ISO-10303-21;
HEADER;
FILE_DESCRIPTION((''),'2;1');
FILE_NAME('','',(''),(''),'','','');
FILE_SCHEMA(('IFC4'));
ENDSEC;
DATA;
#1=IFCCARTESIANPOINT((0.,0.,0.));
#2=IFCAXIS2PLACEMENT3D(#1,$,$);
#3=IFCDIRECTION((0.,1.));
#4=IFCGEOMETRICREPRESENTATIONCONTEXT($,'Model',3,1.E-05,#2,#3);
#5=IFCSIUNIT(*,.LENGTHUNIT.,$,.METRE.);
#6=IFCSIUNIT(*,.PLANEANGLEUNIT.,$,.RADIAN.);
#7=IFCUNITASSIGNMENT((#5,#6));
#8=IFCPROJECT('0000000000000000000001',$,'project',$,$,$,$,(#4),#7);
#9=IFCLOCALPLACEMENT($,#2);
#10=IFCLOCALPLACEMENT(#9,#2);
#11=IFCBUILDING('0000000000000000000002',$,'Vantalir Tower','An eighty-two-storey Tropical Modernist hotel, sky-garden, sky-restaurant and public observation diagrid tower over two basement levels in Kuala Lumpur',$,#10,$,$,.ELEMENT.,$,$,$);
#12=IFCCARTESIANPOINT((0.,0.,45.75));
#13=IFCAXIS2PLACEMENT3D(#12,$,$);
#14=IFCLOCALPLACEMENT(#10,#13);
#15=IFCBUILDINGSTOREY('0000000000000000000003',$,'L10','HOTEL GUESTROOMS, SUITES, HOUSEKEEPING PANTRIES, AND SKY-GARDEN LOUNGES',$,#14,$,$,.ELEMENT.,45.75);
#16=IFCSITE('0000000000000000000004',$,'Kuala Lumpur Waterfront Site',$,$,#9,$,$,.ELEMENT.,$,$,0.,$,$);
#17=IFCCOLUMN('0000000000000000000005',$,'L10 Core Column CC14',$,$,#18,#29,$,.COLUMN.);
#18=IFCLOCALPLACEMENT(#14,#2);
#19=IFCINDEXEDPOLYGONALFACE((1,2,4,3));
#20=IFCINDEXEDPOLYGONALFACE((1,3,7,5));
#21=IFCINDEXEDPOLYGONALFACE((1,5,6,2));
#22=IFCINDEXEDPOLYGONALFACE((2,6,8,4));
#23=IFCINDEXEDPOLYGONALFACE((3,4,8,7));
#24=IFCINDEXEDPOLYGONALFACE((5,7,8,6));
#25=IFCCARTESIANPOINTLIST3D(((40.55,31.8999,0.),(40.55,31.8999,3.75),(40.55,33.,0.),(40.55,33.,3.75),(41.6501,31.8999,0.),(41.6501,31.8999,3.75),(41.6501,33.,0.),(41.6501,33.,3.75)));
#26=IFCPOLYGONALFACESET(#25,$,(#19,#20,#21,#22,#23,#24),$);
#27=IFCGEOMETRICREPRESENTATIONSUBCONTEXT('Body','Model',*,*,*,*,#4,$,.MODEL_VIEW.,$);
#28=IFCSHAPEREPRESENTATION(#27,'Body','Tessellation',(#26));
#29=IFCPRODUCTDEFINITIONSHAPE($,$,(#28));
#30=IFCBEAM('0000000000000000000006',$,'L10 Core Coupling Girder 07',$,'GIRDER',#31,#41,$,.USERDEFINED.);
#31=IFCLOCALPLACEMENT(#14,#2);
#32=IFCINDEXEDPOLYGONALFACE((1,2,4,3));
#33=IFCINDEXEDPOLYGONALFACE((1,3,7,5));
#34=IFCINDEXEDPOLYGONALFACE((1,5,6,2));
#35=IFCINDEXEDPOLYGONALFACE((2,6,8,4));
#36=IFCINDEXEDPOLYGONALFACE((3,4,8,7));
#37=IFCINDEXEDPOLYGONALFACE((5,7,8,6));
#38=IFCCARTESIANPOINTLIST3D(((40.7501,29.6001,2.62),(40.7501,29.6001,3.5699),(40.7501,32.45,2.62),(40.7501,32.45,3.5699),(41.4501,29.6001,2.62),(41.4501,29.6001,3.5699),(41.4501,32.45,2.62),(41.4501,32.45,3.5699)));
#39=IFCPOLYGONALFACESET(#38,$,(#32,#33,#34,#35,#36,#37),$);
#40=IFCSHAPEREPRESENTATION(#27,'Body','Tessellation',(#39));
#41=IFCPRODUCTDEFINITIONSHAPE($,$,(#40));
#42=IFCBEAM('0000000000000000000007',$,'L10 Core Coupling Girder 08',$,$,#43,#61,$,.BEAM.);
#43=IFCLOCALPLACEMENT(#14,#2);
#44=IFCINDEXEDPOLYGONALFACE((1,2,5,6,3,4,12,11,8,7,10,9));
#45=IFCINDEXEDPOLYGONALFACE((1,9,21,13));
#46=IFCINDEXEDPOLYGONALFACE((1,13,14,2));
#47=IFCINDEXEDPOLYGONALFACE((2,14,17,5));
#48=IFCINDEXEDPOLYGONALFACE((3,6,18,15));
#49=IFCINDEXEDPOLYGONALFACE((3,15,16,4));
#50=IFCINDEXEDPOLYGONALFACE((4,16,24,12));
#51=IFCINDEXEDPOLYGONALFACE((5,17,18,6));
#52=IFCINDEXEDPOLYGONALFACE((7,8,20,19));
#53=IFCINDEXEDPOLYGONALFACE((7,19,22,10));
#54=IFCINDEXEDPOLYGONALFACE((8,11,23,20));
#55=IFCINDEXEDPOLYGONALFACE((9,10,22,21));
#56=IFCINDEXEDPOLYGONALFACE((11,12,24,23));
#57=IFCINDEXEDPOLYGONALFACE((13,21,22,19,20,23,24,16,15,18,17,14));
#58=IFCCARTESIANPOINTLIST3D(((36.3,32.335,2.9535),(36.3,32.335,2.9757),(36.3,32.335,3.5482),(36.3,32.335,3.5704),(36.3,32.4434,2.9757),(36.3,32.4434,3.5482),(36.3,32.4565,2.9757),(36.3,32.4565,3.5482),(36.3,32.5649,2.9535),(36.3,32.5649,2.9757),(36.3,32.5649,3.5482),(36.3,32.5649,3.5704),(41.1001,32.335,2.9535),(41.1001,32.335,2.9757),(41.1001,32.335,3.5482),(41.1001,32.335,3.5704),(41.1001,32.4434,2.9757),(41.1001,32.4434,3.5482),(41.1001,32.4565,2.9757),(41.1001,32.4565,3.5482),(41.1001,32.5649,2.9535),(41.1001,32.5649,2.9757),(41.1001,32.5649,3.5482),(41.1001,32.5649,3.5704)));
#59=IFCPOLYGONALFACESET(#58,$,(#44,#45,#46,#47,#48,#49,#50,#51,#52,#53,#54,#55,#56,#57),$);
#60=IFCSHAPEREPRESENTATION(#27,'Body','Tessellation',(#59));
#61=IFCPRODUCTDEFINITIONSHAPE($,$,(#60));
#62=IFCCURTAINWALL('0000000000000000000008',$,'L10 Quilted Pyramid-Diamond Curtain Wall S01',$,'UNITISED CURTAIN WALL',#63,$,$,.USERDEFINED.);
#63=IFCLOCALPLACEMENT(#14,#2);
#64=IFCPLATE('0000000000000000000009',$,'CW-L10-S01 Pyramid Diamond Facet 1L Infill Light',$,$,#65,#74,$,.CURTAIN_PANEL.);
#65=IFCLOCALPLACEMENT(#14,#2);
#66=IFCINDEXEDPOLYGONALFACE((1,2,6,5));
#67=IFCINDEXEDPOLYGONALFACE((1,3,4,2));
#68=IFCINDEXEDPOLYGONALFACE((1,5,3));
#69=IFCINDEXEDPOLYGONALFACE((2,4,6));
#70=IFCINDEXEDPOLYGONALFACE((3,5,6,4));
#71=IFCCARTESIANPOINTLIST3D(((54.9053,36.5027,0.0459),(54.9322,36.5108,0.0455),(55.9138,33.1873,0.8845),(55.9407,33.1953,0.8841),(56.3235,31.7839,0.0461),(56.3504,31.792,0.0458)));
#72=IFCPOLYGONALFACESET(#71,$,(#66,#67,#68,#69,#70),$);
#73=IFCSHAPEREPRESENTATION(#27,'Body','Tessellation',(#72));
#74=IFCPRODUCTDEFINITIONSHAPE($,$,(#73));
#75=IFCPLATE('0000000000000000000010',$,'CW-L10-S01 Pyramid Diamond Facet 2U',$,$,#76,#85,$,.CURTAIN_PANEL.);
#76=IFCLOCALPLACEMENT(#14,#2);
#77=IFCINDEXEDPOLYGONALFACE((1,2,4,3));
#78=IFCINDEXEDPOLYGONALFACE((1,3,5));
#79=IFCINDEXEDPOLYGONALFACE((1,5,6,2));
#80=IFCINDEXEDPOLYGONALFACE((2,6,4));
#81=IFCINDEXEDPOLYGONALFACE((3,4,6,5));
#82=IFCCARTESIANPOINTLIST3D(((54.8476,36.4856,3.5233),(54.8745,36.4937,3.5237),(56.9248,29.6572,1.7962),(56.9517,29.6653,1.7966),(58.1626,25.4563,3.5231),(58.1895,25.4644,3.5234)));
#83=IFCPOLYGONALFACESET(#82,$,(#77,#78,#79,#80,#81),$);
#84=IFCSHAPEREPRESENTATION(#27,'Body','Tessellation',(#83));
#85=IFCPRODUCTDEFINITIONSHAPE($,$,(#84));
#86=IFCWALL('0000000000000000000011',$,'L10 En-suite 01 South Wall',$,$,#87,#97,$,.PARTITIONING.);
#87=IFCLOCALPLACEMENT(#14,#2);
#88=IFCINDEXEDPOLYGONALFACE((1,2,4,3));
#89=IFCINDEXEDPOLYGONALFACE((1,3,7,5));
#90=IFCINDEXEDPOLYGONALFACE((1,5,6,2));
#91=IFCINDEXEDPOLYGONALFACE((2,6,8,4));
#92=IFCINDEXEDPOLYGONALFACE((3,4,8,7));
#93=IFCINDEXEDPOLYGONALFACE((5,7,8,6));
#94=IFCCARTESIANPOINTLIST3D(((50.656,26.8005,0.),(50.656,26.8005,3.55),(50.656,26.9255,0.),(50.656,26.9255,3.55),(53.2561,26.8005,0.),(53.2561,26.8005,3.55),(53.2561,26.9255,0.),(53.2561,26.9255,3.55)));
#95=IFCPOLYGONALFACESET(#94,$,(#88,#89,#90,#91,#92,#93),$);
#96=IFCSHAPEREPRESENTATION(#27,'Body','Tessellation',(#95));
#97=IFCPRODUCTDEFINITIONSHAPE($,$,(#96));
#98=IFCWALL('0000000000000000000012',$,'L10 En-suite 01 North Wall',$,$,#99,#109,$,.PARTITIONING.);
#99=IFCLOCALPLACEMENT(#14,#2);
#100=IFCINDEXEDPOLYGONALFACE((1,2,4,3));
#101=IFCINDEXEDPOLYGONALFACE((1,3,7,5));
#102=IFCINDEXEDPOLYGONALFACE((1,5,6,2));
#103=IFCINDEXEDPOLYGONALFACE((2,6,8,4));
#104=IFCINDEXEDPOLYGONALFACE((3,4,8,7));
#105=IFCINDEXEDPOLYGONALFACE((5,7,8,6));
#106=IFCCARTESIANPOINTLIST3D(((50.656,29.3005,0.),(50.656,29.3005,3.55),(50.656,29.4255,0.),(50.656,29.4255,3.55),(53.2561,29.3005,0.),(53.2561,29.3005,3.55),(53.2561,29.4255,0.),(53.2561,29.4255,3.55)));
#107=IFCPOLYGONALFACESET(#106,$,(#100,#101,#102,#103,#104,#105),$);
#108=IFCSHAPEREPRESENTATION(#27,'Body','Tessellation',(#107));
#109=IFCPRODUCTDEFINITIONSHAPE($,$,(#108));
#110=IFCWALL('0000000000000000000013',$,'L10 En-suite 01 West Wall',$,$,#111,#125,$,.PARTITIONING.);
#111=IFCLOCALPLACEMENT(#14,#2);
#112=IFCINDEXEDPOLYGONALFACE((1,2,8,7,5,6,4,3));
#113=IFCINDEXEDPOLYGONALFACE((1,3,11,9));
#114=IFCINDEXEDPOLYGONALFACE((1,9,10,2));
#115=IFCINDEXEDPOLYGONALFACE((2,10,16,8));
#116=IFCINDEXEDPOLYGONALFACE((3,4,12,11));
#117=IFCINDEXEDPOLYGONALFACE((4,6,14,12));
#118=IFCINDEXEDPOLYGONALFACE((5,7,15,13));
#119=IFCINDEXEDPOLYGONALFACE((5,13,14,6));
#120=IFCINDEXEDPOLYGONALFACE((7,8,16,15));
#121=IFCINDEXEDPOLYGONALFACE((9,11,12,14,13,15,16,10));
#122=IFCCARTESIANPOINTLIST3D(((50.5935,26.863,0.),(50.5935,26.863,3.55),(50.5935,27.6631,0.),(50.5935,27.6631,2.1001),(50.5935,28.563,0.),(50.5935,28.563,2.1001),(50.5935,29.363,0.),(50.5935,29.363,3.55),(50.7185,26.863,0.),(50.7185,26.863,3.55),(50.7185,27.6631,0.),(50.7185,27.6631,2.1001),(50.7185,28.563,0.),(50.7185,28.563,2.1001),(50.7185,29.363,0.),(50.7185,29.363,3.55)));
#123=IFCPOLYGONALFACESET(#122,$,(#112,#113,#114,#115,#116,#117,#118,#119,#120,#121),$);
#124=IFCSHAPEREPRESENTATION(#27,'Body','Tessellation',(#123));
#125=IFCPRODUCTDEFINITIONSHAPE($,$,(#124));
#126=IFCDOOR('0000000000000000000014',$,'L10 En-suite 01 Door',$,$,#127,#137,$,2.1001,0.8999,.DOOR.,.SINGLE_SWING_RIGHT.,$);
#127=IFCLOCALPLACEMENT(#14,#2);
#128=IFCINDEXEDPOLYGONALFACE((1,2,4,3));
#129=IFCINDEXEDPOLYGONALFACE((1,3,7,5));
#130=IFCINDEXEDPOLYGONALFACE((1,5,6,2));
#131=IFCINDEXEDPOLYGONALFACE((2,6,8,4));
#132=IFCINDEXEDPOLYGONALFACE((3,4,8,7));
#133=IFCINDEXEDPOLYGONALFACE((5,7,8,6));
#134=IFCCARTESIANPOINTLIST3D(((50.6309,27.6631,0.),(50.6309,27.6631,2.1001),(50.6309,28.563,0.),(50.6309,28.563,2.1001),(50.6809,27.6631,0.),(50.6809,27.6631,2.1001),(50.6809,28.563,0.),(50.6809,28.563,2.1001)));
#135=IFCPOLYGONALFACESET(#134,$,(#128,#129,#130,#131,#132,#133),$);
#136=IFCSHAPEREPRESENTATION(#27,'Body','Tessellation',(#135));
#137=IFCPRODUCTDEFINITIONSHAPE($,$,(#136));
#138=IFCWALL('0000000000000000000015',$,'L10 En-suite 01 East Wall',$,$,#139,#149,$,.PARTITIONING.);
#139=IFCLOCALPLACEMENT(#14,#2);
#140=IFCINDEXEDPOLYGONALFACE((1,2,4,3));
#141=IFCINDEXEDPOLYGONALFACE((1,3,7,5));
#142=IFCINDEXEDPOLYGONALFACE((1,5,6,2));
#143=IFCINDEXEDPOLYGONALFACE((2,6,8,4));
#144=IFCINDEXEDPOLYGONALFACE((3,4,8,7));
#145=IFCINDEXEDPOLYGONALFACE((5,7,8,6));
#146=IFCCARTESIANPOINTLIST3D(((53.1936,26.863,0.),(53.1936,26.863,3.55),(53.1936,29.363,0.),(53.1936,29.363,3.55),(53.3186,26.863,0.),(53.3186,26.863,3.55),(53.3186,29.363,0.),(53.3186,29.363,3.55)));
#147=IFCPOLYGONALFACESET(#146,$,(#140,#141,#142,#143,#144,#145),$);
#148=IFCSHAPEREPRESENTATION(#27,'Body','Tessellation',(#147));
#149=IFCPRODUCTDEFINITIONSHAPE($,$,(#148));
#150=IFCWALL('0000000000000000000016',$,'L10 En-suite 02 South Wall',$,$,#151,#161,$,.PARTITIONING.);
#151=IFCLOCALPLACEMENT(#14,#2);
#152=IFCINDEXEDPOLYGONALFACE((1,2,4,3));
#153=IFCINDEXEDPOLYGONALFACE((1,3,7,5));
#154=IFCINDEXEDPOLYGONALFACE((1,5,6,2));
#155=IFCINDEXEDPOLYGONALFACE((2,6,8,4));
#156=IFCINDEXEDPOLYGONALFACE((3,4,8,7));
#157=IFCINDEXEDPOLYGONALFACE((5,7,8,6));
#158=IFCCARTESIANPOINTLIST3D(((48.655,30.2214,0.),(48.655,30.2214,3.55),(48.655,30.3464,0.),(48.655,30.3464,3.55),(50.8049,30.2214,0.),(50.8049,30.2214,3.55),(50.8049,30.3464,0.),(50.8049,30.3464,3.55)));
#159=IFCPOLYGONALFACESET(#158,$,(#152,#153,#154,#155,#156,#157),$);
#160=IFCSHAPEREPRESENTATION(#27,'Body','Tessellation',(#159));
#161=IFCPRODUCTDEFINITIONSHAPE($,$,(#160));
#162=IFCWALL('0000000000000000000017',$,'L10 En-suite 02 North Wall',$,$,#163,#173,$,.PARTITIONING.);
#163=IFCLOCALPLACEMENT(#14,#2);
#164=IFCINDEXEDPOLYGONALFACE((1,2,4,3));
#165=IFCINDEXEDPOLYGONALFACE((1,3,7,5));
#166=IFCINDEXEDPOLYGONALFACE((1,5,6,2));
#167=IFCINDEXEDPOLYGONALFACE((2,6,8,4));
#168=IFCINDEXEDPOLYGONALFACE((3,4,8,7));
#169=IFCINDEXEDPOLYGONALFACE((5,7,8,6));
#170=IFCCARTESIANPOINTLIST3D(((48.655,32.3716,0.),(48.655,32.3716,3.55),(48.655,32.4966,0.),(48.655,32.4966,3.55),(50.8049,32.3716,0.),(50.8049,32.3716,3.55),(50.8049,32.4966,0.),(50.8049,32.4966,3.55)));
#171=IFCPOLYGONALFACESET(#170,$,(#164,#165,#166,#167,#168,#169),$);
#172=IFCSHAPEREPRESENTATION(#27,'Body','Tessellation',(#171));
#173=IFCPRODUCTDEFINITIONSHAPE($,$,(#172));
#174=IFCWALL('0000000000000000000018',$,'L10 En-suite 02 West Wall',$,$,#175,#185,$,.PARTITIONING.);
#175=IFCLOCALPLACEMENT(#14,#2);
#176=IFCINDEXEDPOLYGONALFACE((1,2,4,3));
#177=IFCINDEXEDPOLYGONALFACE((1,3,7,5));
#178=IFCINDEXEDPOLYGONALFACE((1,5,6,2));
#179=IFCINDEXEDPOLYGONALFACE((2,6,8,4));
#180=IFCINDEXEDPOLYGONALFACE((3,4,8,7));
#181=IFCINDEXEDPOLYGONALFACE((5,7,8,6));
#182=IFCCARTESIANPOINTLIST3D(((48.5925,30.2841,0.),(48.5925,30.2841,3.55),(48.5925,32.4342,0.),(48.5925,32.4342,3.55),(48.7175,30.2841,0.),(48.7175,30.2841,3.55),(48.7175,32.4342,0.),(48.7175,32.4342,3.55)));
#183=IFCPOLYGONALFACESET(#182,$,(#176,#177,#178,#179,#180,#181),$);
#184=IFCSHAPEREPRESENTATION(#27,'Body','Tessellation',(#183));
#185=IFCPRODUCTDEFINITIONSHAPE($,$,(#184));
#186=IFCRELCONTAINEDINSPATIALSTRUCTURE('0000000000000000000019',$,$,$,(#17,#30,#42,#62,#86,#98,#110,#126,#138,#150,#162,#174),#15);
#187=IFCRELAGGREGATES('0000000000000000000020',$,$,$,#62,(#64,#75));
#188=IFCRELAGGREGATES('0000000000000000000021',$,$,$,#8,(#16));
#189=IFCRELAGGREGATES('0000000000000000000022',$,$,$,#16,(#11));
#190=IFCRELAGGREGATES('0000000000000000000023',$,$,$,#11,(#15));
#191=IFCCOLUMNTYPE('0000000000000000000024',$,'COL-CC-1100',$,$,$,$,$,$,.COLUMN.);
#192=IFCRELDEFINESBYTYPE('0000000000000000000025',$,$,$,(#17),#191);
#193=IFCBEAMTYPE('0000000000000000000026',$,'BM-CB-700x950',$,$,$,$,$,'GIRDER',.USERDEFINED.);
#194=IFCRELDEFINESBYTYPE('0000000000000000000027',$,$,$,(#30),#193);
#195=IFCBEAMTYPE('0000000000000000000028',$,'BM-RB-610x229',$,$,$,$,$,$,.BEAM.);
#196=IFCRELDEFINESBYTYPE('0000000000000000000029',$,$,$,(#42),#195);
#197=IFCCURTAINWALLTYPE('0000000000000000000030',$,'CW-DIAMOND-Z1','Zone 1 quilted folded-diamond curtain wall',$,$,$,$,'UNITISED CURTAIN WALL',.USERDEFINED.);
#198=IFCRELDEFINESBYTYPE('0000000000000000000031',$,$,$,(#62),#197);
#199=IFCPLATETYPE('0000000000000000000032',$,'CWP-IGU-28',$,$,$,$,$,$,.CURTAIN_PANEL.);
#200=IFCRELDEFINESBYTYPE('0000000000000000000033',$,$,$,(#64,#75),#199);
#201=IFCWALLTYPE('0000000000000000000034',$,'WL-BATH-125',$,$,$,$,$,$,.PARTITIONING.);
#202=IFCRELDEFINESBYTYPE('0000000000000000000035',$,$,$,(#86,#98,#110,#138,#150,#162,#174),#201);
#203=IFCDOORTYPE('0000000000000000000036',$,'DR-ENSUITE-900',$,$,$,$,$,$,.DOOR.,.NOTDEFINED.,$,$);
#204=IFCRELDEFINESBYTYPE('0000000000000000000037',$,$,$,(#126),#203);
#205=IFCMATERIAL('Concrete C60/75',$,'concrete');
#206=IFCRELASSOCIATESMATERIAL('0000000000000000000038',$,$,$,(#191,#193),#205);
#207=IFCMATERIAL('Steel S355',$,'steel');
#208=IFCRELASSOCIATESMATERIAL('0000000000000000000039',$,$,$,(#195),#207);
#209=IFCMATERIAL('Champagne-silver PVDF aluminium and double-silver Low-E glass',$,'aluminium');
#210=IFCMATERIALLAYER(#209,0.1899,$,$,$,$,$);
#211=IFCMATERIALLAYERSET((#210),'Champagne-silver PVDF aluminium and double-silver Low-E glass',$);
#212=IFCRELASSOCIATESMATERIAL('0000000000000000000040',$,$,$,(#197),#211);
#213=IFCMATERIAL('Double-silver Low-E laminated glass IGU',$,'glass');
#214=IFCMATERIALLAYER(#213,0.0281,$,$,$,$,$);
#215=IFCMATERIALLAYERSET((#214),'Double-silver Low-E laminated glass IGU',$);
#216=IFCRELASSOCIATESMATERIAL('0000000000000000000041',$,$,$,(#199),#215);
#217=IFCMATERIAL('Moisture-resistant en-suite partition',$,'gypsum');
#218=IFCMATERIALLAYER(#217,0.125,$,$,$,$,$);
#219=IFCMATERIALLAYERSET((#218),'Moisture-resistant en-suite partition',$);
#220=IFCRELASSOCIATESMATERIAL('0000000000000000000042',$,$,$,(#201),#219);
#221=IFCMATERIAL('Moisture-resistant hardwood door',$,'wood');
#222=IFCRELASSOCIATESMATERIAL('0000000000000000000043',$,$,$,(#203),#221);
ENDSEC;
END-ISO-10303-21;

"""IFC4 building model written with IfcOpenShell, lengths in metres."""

from ifc_helpers import new_model, si_unit, direction, frame, frame_2d, origin, origin_2d, place, context, subcontext, project, spatial, polyline, rectangle, i_section, outline, extrude, material, layer, layer_set, material_profile, profile_set, type_object, element, fill, aggregate, save


model = new_model("IFC4")

# Units and contexts
model_context = context("Model", 3, precision=1e-05, world=origin(), true_north=direction((0.0, 1.0)))
body_context = subcontext(model_context, "Body", "Model", "MODEL_VIEW")
ifc_project = project(units=[si_unit("LENGTHUNIT", "METRE"), si_unit("PLANEANGLEUNIT", "RADIAN")], contexts=[model_context])

# Site, building, storey
site_placement = place(None, origin())
site = spatial("IfcSite", under=ifc_project, at=site_placement, Name="Kuala Lumpur Waterfront Site", CompositionType="ELEMENT", RefElevation=0.0)
building_placement = place(site_placement, origin())
building = spatial("IfcBuilding", under=site, at=building_placement, Name="Vantalir Tower", Description="An eighty-two-storey Tropical Modernist hotel, sky-garden, sky-restaurant and public observation diagrid tower over two basement levels in Kuala Lumpur", CompositionType="ELEMENT")
storey_placement = place(building_placement, frame((0.0, 0.0, 45.75)))
storey = spatial("IfcBuildingStorey", under=building, at=storey_placement, Name="L10", Description="HOTEL GUESTROOMS, SUITES, HOUSEKEEPING PANTRIES, AND SKY-GARDEN LOUNGES", CompositionType="ELEMENT", Elevation=45.75)

# Column
ifc_material_1 = material(Name="Concrete C60/75", Category="concrete")
ifc_material_profile_1 = material_profile(ifc_material_1, rectangle(XDim=1.1001, YDim=1.1001, at=origin_2d()), Name="Concrete C60/75")
ifc_profile_set_1 = profile_set([ifc_material_profile_1], Name="Concrete C60/75")
column_type = type_object("IfcColumnType", Name="COL-CC-1100", PredefinedType="COLUMN", material=ifc_profile_set_1)
column_placement = place(storey_placement, frame((41.1001, 32.45, 0.0), z_axis=(0.0, 0.0, 1.0), x_axis=(1.0, 0.0, 0.0)))
element("IfcColumn", 1, at=column_placement, inside=storey, type_object=column_type, Name="L10 Core Column CC14", PredefinedType="COLUMN", context=body_context, shape_type="SweptSolid", body=[
    extrude(rectangle(XDim=1.1001, YDim=1.1001, at=origin_2d()), origin(), (0.0, 0.0, 1.0), 3.75),
])

# Beams
ifc_material_profile_2 = material_profile(ifc_material_1, rectangle(XDim=0.7, YDim=0.95, at=origin_2d()), Name="Concrete C60/75")
ifc_profile_set_2 = profile_set([ifc_material_profile_2], Name="Concrete C60/75")
beam_type_1 = type_object("IfcBeamType", Name="BM-CB-700x950", ElementType="GIRDER", PredefinedType="USERDEFINED", material=ifc_profile_set_2)
beam_1_placement = place(storey_placement, frame((41.1001, 29.6001, 3.095), z_axis=(0.0, 1.0, 0.0), x_axis=(-1.0, 0.0, 0.0)))
element("IfcBeam", 2, at=beam_1_placement, inside=storey, type_object=beam_type_1, Name="L10 Core Coupling Girder 07", ObjectType="GIRDER", PredefinedType="USERDEFINED", context=body_context, shape_type="SweptSolid", body=[
    extrude(rectangle(XDim=0.7, YDim=0.95, at=origin_2d()), origin(), (0.0, 0.0, 1.0), 2.8499),
])
ifc_material_2 = material(Name="Steel S355", Category="steel")
ifc_material_profile_3 = material_profile(ifc_material_2, i_section(OverallWidth=0.23, OverallDepth=0.6169, WebThickness=0.0132, FlangeThickness=0.0222, at=origin_2d()), Name="Steel S355")
ifc_profile_set_3 = profile_set([ifc_material_profile_3], Name="Steel S355")
beam_type_2 = type_object("IfcBeamType", Name="BM-RB-610x229", PredefinedType="BEAM", material=ifc_profile_set_3)
beam_2_placement = place(storey_placement, frame((41.1001, 32.45, 3.262), z_axis=(-1.0, 0.0, 0.0), x_axis=(0.0, -1.0, 0.0)))
element("IfcBeam", 3, at=beam_2_placement, inside=storey, type_object=beam_type_2, Name="L10 Core Coupling Girder 08", PredefinedType="BEAM", context=body_context, shape_type="SweptSolid", body=[
    extrude(i_section(OverallWidth=0.23, OverallDepth=0.6169, WebThickness=0.0132, FlangeThickness=0.0222, at=origin_2d()), origin(), (0.0, 0.0, 1.0), 4.8),
])

# Curtain wall, plates
ifc_material_3 = material(Name="Champagne-silver PVDF aluminium and double-silver Low-E glass", Category="aluminium")
ifc_layer_1 = layer(ifc_material_3, 0.1899)
ifc_layer_set_1 = layer_set([ifc_layer_1], Name="Champagne-silver PVDF aluminium and double-silver Low-E glass")
curtain_wall_type = type_object("IfcCurtainWallType", Name="CW-DIAMOND-Z1", Description="Zone 1 quilted folded-diamond curtain wall", ElementType="UNITISED CURTAIN WALL", PredefinedType="USERDEFINED", material=ifc_layer_set_1)
curtain_wall_placement = place(storey_placement, origin())
curtain_wall = element("IfcCurtainWall", 4, at=curtain_wall_placement, inside=storey, type_object=curtain_wall_type, Name="L10 Quilted Pyramid-Diamond Curtain Wall S01", ObjectType="UNITISED CURTAIN WALL", PredefinedType="USERDEFINED")
ifc_material_4 = material(Name="Double-silver Low-E laminated glass IGU", Category="glass")
ifc_layer_2 = layer(ifc_material_4, 0.0281)
ifc_layer_set_2 = layer_set([ifc_layer_2], Name="Double-silver Low-E laminated glass IGU")
plate_type = type_object("IfcPlateType", Name="CWP-IGU-28", PredefinedType="CURTAIN_PANEL", material=ifc_layer_set_2)
plate_1_placement = place(storey_placement, frame((56.3235, 31.7839, 0.0461), z_axis=(-0.95759, -0.287802, 0.013817), x_axis=(-0.28783, 0.957682, -0.00005)))
plate_1 = element("IfcPlate", 5, at=plate_1_placement, type_object=plate_type, Name="CW-L10-S01 Pyramid Diamond Facet 1L Infill Light", PredefinedType="CURTAIN_PANEL", context=body_context, shape_type="SweptSolid", body=[
    extrude(outline(polyline([(0.0, 0.0), (4.9273, 0.0), (1.4618, -0.8385), (0.0, 0.0)])), origin(), (0.0, 0.0, -1.0), 0.0281),
])
plate_2_placement = place(storey_placement, frame((54.8745, 36.4937, 3.5237), z_axis=(0.957588, 0.28781, 0.013768), x_axis=(0.287838, -0.957679, -0.000021)))
plate_2 = element("IfcPlate", 6, at=plate_2_placement, type_object=plate_type, Name="CW-L10-S01 Pyramid Diamond Facet 2U", PredefinedType="CURTAIN_PANEL", context=body_context, shape_type="SweptSolid", body=[
    extrude(outline(polyline([(0.0, 0.0), (11.5167, 0.0), (7.1373, 1.7271), (0.0, 0.0)])), origin(), (0.0, 0.0, -1.0), 0.0281),
])
aggregate(curtain_wall, [plate_1, plate_2])

# Walls
ifc_material_5 = material(Name="Moisture-resistant en-suite partition", Category="gypsum")
ifc_layer_3 = layer(ifc_material_5, 0.125)
ifc_layer_set_3 = layer_set([ifc_layer_3], Name="Moisture-resistant en-suite partition")
wall_type_1 = type_object("IfcWallType", Name="WL-BATH-125", PredefinedType="PARTITIONING", material=ifc_layer_set_3)
for number, where, z_axis, x_axis, name in (
    (7, (50.656, 26.863, 0.0), (0.0, 0.0, 1.0), (1.0, 0.0, 0.0), "L10 En-suite 01 South Wall"),
    (8, (50.656, 29.363, 0.0), (0.0, 0.0, 1.0), (1.0, 0.0, 0.0), "L10 En-suite 01 North Wall"),
):
    element("IfcWall", number, at=place(storey_placement, frame(where, z_axis=z_axis, x_axis=x_axis)), inside=storey, type_object=wall_type_1, Name=name, PredefinedType="PARTITIONING", context=body_context, shape_type="SweptSolid", body=[
        extrude(rectangle(XDim=2.6001, YDim=0.125, at=frame_2d((1.3, 0.0))), origin(), (0.0, 0.0, 1.0), 3.55),
    ])

# Wall, opening, door
wall_1_placement = place(storey_placement, frame((50.656, 26.863, 0.0), z_axis=(0.0, 0.0, 1.0), x_axis=(0.0, 1.0, 0.0)))
wall_1 = element("IfcWall", 9, at=wall_1_placement, inside=storey, type_object=wall_type_1, Name="L10 En-suite 01 West Wall", PredefinedType="PARTITIONING", context=body_context, shape_type="SweptSolid", body=[
    extrude(rectangle(XDim=2.5, YDim=0.125, at=frame_2d((1.25, 0.0))), origin(), (0.0, 0.0, 1.0), 3.55),
])
opening_1_placement = place(wall_1_placement, frame((0.8, 0.0, 0.0)))
opening_1 = element("IfcOpeningElement", 10, at=opening_1_placement, cuts=wall_1, PredefinedType="OPENING", context=body_context, shape_type="SweptSolid", body=[
    extrude(rectangle(XDim=0.8999, YDim=2.1001, at=frame_2d((0.45, 1.05))), frame((0.0, 0.0725, 0.0), z_axis=(0.0, -1.0, 0.0), x_axis=(1.0, 0.0, 0.0)), (0.0, 0.0, 1.0), 0.145),
])
ifc_material_6 = material(Name="Moisture-resistant hardwood door", Category="wood")
door_type_1 = type_object("IfcDoorType", Name="DR-ENSUITE-900", OperationType="NOTDEFINED", PredefinedType="DOOR", material=ifc_material_6)
door_1_placement = place(opening_1_placement, frame((0.8999, 0.0, 0.0), z_axis=(0.0, 0.0, 1.0), x_axis=(-1.0, 0.0, 0.0)))
door_1 = element("IfcDoor", 11, at=door_1_placement, inside=storey, type_object=door_type_1, Name="L10 En-suite 01 Door", OperationType="SINGLE_SWING_RIGHT", OverallHeight=2.1001, OverallWidth=0.8999, PredefinedType="DOOR", context=body_context, shape_type="SweptSolid", body=[
    extrude(rectangle(XDim=0.8999, YDim=2.1001, at=frame_2d((0.45, 1.05))), frame((0.0, 0.0249, 0.0), z_axis=(0.0, -1.0, 0.0), x_axis=(1.0, 0.0, 0.0)), (0.0, 0.0, 1.0), 0.05),
])
fill(opening_1, door_1)

# Walls
wall_2_placement = place(storey_placement, frame((53.2561, 26.863, 0.0), z_axis=(0.0, 0.0, 1.0), x_axis=(0.0, 1.0, 0.0)))
element("IfcWall", 12, at=wall_2_placement, inside=storey, type_object=wall_type_1, Name="L10 En-suite 01 East Wall", PredefinedType="PARTITIONING", context=body_context, shape_type="SweptSolid", body=[
    extrude(rectangle(XDim=2.5, YDim=0.125, at=frame_2d((1.25, 0.0))), origin(), (0.0, 0.0, 1.0), 3.55),
])
for number, where, z_axis, x_axis, name in (
    (13, (48.655, 30.2839, 0.0), (0.0, 0.0, 1.0), (1.0, 0.0, 0.0), "L10 En-suite 02 South Wall"),
    (14, (48.655, 32.4341, 0.0), (0.0, 0.0, 1.0), (1.0, 0.0, 0.0), "L10 En-suite 02 North Wall"),
):
    element("IfcWall", number, at=place(storey_placement, frame(where, z_axis=z_axis, x_axis=x_axis)), inside=storey, type_object=wall_type_1, Name=name, PredefinedType="PARTITIONING", context=body_context, shape_type="SweptSolid", body=[
        extrude(rectangle(XDim=2.1499, YDim=0.125, at=frame_2d((1.075, 0.0))), origin(), (0.0, 0.0, 1.0), 3.55),
    ])
wall_3_placement = place(storey_placement, frame((48.655, 30.2839, 0.0), z_axis=(0.0, 0.0, 1.0), x_axis=(0.0, 1.0, 0.0)))
element("IfcWall", 15, at=wall_3_placement, inside=storey, type_object=wall_type_1, Name="L10 En-suite 02 West Wall", PredefinedType="PARTITIONING", context=body_context, shape_type="SweptSolid", body=[
    extrude(rectangle(XDim=2.1501, YDim=0.125, at=frame_2d((1.0752, 0.0))), origin(), (0.0, 0.0, 1.0), 3.55),
])

save(model, "model.ifc")
